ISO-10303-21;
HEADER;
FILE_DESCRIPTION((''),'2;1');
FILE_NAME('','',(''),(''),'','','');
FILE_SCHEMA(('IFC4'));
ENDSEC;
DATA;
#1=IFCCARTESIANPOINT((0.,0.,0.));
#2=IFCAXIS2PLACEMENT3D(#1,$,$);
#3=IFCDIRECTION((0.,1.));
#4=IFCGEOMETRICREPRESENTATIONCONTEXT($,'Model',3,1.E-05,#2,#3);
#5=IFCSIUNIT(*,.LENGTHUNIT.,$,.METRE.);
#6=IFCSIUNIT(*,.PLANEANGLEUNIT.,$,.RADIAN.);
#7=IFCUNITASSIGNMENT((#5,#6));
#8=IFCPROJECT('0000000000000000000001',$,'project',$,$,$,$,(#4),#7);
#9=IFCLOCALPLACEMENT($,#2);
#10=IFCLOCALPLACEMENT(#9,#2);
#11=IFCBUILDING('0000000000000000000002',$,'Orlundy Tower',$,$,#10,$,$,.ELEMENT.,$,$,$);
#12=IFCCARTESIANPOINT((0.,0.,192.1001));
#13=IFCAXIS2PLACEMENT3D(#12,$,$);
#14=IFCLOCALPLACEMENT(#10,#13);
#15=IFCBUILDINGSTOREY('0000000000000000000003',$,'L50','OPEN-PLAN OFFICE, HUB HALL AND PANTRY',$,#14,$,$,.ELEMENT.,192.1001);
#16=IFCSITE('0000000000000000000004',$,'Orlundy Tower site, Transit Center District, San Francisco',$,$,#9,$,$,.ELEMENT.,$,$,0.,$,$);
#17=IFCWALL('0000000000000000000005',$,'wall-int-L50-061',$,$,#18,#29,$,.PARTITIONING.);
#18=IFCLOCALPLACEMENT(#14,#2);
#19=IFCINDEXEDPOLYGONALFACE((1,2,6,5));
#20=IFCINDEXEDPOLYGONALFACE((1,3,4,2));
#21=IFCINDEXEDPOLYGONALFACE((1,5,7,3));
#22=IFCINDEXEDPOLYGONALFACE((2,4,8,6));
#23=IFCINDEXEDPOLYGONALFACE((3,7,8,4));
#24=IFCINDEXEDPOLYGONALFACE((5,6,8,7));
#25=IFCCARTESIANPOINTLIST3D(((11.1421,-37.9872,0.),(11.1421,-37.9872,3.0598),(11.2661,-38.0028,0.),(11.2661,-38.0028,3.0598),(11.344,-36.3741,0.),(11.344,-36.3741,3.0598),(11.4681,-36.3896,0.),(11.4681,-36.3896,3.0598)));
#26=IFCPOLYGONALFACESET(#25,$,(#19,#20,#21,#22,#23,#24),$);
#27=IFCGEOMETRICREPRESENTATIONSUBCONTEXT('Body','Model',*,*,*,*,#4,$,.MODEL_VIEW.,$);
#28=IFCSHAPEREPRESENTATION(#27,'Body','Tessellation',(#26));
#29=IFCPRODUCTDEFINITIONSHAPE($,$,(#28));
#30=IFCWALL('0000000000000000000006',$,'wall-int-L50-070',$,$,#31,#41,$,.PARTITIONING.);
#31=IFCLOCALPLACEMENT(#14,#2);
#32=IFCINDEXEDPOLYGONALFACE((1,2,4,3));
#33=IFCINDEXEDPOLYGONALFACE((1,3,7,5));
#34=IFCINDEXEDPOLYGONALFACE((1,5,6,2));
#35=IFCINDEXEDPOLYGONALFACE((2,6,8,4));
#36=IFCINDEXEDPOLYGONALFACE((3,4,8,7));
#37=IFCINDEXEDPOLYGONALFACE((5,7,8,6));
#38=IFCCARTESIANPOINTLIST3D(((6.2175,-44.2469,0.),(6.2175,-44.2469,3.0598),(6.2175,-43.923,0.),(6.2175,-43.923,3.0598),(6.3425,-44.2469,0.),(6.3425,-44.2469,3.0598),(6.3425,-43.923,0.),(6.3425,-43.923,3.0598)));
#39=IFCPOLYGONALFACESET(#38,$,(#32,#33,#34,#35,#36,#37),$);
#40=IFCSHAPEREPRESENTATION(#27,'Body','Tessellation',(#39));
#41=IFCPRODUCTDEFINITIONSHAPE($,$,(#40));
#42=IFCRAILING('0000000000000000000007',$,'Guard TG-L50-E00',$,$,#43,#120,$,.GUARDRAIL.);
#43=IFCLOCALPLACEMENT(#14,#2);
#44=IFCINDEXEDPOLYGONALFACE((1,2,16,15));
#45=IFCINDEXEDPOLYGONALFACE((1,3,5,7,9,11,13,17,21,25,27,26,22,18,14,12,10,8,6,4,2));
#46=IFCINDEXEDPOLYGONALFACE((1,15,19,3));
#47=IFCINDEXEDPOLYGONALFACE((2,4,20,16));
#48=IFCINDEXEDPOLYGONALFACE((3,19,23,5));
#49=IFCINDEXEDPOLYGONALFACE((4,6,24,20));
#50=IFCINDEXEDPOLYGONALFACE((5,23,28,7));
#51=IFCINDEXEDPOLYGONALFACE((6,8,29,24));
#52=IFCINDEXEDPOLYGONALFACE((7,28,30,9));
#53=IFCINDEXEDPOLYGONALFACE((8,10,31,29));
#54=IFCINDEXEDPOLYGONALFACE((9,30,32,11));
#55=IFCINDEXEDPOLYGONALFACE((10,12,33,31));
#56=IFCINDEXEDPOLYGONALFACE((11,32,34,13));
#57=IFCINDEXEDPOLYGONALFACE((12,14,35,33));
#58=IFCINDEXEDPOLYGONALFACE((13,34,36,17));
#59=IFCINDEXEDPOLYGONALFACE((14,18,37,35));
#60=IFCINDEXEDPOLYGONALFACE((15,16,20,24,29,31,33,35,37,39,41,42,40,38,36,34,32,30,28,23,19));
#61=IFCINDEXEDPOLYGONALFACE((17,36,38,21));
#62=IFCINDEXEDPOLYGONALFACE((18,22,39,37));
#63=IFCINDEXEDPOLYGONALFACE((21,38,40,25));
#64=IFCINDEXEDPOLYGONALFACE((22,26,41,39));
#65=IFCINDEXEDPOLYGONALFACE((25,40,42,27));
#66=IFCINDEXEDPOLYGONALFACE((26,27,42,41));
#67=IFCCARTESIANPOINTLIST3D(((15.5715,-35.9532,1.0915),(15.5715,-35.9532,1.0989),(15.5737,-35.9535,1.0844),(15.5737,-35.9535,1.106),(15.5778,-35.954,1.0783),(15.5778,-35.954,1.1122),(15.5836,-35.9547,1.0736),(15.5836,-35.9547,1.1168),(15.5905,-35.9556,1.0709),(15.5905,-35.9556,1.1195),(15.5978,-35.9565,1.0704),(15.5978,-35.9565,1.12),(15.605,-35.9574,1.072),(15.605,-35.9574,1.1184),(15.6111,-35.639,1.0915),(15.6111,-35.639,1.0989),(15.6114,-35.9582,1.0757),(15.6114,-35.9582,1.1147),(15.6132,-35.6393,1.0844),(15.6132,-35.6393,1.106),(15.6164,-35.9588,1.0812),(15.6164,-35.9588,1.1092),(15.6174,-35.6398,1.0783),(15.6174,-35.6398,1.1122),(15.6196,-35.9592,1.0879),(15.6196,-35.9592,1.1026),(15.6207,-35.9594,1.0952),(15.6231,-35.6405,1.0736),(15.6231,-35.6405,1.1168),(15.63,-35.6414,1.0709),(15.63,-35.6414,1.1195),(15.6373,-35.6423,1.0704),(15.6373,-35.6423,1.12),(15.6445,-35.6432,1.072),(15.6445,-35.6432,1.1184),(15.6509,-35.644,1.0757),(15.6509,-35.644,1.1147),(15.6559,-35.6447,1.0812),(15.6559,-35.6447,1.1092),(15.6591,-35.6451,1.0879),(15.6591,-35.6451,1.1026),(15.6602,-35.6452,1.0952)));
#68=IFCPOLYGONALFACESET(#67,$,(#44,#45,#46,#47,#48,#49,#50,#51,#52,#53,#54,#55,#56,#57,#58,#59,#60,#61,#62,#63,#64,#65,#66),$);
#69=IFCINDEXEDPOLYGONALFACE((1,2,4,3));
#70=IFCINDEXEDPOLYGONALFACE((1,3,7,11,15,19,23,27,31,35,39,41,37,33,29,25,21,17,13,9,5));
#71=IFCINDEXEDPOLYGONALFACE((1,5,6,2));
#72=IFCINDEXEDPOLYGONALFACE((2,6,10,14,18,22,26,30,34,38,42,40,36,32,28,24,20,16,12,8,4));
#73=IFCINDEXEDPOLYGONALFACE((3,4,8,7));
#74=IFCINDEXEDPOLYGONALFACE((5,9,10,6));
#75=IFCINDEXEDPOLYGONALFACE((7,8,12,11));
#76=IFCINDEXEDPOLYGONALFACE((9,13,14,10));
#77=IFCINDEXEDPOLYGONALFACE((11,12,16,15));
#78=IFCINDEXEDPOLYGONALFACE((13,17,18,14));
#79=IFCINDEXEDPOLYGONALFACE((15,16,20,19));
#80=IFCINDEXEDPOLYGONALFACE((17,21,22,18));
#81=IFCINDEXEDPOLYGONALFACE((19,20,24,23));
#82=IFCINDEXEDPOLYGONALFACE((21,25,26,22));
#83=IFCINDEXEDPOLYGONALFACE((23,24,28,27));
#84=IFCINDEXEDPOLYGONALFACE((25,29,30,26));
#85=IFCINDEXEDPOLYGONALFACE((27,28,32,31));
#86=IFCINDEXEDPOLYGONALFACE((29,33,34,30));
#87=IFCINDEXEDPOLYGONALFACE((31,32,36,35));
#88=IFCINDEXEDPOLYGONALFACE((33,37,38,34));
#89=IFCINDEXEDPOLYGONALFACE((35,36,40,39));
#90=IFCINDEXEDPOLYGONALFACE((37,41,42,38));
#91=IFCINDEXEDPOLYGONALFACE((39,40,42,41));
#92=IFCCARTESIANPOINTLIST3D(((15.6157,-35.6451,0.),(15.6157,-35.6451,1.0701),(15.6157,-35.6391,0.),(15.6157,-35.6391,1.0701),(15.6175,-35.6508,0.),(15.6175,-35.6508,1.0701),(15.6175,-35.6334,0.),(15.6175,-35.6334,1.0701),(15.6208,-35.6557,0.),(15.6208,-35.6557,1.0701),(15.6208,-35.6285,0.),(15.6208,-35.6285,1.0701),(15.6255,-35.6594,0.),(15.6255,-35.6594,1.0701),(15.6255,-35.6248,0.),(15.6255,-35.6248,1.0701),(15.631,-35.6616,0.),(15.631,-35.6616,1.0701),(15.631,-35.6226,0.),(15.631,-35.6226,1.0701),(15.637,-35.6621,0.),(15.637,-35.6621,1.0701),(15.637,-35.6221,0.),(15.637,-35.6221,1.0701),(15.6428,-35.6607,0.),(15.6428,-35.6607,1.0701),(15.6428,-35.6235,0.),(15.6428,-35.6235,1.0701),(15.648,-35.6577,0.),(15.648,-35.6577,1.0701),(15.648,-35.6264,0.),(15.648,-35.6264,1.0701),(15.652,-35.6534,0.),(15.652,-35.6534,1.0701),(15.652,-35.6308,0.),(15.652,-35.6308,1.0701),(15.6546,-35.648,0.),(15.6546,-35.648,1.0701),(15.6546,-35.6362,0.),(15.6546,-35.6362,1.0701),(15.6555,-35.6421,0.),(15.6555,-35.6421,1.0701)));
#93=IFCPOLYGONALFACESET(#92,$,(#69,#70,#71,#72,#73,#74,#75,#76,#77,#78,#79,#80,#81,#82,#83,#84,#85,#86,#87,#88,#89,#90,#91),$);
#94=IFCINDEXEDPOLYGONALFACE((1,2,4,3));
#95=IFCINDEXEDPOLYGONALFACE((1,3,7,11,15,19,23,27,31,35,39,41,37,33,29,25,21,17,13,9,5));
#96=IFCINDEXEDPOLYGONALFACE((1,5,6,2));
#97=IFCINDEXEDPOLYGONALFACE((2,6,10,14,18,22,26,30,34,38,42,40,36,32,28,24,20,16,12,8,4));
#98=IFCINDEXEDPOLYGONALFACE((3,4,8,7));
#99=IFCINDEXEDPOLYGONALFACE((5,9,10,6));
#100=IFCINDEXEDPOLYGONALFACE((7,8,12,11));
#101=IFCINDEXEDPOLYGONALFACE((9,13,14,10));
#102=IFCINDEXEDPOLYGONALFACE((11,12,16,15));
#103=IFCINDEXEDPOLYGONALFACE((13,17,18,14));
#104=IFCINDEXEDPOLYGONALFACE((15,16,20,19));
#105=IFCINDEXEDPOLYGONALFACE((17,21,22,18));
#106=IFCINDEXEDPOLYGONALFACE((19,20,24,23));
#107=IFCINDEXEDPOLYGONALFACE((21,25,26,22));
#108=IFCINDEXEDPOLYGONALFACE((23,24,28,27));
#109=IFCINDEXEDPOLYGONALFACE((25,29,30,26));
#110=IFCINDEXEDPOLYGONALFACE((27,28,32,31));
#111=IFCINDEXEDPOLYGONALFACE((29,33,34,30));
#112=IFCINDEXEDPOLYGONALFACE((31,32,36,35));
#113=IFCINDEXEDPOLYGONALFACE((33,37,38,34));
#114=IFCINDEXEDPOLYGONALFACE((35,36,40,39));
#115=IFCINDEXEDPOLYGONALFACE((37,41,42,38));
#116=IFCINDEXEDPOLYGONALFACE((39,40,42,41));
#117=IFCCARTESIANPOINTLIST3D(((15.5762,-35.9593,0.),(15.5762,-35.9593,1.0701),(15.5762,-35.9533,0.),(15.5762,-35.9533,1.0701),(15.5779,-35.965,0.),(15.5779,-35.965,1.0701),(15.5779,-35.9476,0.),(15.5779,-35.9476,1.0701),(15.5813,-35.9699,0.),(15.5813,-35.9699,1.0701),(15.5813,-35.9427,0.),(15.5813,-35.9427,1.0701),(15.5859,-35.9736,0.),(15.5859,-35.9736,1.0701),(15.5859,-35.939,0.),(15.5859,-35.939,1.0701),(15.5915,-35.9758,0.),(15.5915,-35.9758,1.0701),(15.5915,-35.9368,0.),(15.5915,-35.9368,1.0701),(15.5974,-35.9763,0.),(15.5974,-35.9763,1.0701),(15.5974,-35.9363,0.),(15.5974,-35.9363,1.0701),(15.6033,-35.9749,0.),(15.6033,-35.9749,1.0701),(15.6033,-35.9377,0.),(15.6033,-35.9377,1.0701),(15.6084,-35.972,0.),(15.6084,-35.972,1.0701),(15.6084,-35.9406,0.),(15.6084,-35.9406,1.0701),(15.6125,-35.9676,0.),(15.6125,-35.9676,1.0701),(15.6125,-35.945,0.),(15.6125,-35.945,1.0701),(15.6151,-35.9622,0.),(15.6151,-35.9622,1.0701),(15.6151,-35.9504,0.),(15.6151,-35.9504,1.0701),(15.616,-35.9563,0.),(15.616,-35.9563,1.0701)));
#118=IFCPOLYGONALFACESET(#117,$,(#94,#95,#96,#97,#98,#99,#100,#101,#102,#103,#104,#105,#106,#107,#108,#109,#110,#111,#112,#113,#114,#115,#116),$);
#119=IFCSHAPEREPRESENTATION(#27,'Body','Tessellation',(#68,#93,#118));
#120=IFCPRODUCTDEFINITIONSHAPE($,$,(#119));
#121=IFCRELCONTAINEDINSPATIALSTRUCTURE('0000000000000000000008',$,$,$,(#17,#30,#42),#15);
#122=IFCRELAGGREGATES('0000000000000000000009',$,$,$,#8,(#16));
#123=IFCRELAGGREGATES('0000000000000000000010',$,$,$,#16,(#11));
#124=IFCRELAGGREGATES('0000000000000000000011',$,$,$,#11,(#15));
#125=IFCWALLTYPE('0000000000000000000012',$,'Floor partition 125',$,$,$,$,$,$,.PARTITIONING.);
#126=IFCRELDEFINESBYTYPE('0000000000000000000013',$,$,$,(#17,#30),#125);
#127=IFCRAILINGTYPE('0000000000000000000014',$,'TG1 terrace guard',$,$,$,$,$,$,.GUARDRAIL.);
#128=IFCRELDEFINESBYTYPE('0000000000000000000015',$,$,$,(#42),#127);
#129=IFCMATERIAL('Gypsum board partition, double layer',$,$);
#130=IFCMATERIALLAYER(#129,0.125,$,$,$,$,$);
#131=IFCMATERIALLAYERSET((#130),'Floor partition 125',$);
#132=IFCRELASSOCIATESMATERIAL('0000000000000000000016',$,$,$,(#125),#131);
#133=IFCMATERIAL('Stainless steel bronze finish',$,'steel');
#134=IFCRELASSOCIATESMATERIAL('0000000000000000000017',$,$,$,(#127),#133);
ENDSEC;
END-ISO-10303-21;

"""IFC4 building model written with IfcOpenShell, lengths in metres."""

from ifc_helpers import new_model, si_unit, direction, frame, frame_2d, origin, origin_2d, place, context, subcontext, project, spatial, rectangle, circle, extrude, material, layer, layer_set, type_object, element, save


model = new_model("IFC4")

# Units and contexts
model_context = context("Model", 3, precision=1e-05, world=origin(), true_north=direction((0.0, 1.0)))
body_context = subcontext(model_context, "Body", "Model", "MODEL_VIEW")
ifc_project = project(units=[si_unit("LENGTHUNIT", "METRE"), si_unit("PLANEANGLEUNIT", "RADIAN")], contexts=[model_context])

# Site, building, storey
site_placement = place(None, origin())
site = spatial("IfcSite", under=ifc_project, at=site_placement, Name="Orlundy Tower site, Transit Center District, San Francisco", CompositionType="ELEMENT", RefElevation=0.0)
building_placement = place(site_placement, origin())
building = spatial("IfcBuilding", under=site, at=building_placement, Name="Orlundy Tower", CompositionType="ELEMENT")
storey_placement = place(building_placement, frame((0.0, 0.0, 192.1001)))
storey = spatial("IfcBuildingStorey", under=building, at=storey_placement, Name="L50", Description="OPEN-PLAN OFFICE, HUB HALL AND PANTRY", CompositionType="ELEMENT", Elevation=192.1001)

# Shared definitions
ifc_material_1 = material(Name="Gypsum board partition, double layer")
ifc_layer_1 = layer(ifc_material_1, 0.125)
ifc_layer_set_1 = layer_set([ifc_layer_1], Name="Floor partition 125")
wall_type_1 = type_object("IfcWallType", Name="Floor partition 125", PredefinedType="PARTITIONING", material=ifc_layer_set_1)

# Walls
wall_1_placement = place(storey_placement, frame((11.2041, -37.9951, 0.0), z_axis=(0.0, 0.0, 1.0), x_axis=(0.124201, 0.992257, 0.0)))
element("IfcWall", 1, at=wall_1_placement, inside=storey, type_object=wall_type_1, Name="wall-int-L50-061", PredefinedType="PARTITIONING", context=body_context, shape_type="SweptSolid", body=[
    extrude(rectangle(XDim=1.6257, YDim=0.125, at=frame_2d((0.813, 0.0))), origin(), (0.0, 0.0, 1.0), 3.0598),
])
wall_2_placement = place(storey_placement, frame((6.28, -44.2471, 0.0), z_axis=(0.0, 0.0, 1.0), x_axis=(0.0, 1.0, 0.0)))
element("IfcWall", 2, at=wall_2_placement, inside=storey, type_object=wall_type_1, Name="wall-int-L50-070", PredefinedType="PARTITIONING", context=body_context, shape_type="SweptSolid", body=[
    extrude(rectangle(XDim=0.324, YDim=0.125, at=frame_2d((0.1621, 0.0))), origin(), (0.0, 0.0, 1.0), 3.0598),
])

# Railing
ifc_material_2 = material(Name="Stainless steel bronze finish", Category="steel")
railing_type = type_object("IfcRailingType", Name="TG1 terrace guard", PredefinedType="GUARDRAIL", material=ifc_material_2)
railing_placement = place(storey_placement, frame((15.6355, -35.6421, 0.0)))
element("IfcRailing", 3, at=railing_placement, inside=storey, type_object=railing_type, Name="Guard TG-L50-E00", PredefinedType="GUARDRAIL", context=body_context, shape_type="SweptSolid", body=[
    extrude(circle(Radius=0.0249, at=origin_2d()), frame((0.0, 0.0, 1.0952), z_axis=(-0.124889, -0.992171, 0.0), x_axis=(0.992171, -0.124889, 0.0)), (0.0, 0.0, 1.0), 0.3167),
    extrude(circle(Radius=0.02, at=origin_2d()), origin(), (0.0, 0.0, 1.0), 1.0701),
    extrude(circle(Radius=0.02, at=origin_2d()), frame((-0.0396, -0.3142, 0.0)), (0.0, 0.0, 1.0), 1.0701),
])

save(model, "model.ifc")
